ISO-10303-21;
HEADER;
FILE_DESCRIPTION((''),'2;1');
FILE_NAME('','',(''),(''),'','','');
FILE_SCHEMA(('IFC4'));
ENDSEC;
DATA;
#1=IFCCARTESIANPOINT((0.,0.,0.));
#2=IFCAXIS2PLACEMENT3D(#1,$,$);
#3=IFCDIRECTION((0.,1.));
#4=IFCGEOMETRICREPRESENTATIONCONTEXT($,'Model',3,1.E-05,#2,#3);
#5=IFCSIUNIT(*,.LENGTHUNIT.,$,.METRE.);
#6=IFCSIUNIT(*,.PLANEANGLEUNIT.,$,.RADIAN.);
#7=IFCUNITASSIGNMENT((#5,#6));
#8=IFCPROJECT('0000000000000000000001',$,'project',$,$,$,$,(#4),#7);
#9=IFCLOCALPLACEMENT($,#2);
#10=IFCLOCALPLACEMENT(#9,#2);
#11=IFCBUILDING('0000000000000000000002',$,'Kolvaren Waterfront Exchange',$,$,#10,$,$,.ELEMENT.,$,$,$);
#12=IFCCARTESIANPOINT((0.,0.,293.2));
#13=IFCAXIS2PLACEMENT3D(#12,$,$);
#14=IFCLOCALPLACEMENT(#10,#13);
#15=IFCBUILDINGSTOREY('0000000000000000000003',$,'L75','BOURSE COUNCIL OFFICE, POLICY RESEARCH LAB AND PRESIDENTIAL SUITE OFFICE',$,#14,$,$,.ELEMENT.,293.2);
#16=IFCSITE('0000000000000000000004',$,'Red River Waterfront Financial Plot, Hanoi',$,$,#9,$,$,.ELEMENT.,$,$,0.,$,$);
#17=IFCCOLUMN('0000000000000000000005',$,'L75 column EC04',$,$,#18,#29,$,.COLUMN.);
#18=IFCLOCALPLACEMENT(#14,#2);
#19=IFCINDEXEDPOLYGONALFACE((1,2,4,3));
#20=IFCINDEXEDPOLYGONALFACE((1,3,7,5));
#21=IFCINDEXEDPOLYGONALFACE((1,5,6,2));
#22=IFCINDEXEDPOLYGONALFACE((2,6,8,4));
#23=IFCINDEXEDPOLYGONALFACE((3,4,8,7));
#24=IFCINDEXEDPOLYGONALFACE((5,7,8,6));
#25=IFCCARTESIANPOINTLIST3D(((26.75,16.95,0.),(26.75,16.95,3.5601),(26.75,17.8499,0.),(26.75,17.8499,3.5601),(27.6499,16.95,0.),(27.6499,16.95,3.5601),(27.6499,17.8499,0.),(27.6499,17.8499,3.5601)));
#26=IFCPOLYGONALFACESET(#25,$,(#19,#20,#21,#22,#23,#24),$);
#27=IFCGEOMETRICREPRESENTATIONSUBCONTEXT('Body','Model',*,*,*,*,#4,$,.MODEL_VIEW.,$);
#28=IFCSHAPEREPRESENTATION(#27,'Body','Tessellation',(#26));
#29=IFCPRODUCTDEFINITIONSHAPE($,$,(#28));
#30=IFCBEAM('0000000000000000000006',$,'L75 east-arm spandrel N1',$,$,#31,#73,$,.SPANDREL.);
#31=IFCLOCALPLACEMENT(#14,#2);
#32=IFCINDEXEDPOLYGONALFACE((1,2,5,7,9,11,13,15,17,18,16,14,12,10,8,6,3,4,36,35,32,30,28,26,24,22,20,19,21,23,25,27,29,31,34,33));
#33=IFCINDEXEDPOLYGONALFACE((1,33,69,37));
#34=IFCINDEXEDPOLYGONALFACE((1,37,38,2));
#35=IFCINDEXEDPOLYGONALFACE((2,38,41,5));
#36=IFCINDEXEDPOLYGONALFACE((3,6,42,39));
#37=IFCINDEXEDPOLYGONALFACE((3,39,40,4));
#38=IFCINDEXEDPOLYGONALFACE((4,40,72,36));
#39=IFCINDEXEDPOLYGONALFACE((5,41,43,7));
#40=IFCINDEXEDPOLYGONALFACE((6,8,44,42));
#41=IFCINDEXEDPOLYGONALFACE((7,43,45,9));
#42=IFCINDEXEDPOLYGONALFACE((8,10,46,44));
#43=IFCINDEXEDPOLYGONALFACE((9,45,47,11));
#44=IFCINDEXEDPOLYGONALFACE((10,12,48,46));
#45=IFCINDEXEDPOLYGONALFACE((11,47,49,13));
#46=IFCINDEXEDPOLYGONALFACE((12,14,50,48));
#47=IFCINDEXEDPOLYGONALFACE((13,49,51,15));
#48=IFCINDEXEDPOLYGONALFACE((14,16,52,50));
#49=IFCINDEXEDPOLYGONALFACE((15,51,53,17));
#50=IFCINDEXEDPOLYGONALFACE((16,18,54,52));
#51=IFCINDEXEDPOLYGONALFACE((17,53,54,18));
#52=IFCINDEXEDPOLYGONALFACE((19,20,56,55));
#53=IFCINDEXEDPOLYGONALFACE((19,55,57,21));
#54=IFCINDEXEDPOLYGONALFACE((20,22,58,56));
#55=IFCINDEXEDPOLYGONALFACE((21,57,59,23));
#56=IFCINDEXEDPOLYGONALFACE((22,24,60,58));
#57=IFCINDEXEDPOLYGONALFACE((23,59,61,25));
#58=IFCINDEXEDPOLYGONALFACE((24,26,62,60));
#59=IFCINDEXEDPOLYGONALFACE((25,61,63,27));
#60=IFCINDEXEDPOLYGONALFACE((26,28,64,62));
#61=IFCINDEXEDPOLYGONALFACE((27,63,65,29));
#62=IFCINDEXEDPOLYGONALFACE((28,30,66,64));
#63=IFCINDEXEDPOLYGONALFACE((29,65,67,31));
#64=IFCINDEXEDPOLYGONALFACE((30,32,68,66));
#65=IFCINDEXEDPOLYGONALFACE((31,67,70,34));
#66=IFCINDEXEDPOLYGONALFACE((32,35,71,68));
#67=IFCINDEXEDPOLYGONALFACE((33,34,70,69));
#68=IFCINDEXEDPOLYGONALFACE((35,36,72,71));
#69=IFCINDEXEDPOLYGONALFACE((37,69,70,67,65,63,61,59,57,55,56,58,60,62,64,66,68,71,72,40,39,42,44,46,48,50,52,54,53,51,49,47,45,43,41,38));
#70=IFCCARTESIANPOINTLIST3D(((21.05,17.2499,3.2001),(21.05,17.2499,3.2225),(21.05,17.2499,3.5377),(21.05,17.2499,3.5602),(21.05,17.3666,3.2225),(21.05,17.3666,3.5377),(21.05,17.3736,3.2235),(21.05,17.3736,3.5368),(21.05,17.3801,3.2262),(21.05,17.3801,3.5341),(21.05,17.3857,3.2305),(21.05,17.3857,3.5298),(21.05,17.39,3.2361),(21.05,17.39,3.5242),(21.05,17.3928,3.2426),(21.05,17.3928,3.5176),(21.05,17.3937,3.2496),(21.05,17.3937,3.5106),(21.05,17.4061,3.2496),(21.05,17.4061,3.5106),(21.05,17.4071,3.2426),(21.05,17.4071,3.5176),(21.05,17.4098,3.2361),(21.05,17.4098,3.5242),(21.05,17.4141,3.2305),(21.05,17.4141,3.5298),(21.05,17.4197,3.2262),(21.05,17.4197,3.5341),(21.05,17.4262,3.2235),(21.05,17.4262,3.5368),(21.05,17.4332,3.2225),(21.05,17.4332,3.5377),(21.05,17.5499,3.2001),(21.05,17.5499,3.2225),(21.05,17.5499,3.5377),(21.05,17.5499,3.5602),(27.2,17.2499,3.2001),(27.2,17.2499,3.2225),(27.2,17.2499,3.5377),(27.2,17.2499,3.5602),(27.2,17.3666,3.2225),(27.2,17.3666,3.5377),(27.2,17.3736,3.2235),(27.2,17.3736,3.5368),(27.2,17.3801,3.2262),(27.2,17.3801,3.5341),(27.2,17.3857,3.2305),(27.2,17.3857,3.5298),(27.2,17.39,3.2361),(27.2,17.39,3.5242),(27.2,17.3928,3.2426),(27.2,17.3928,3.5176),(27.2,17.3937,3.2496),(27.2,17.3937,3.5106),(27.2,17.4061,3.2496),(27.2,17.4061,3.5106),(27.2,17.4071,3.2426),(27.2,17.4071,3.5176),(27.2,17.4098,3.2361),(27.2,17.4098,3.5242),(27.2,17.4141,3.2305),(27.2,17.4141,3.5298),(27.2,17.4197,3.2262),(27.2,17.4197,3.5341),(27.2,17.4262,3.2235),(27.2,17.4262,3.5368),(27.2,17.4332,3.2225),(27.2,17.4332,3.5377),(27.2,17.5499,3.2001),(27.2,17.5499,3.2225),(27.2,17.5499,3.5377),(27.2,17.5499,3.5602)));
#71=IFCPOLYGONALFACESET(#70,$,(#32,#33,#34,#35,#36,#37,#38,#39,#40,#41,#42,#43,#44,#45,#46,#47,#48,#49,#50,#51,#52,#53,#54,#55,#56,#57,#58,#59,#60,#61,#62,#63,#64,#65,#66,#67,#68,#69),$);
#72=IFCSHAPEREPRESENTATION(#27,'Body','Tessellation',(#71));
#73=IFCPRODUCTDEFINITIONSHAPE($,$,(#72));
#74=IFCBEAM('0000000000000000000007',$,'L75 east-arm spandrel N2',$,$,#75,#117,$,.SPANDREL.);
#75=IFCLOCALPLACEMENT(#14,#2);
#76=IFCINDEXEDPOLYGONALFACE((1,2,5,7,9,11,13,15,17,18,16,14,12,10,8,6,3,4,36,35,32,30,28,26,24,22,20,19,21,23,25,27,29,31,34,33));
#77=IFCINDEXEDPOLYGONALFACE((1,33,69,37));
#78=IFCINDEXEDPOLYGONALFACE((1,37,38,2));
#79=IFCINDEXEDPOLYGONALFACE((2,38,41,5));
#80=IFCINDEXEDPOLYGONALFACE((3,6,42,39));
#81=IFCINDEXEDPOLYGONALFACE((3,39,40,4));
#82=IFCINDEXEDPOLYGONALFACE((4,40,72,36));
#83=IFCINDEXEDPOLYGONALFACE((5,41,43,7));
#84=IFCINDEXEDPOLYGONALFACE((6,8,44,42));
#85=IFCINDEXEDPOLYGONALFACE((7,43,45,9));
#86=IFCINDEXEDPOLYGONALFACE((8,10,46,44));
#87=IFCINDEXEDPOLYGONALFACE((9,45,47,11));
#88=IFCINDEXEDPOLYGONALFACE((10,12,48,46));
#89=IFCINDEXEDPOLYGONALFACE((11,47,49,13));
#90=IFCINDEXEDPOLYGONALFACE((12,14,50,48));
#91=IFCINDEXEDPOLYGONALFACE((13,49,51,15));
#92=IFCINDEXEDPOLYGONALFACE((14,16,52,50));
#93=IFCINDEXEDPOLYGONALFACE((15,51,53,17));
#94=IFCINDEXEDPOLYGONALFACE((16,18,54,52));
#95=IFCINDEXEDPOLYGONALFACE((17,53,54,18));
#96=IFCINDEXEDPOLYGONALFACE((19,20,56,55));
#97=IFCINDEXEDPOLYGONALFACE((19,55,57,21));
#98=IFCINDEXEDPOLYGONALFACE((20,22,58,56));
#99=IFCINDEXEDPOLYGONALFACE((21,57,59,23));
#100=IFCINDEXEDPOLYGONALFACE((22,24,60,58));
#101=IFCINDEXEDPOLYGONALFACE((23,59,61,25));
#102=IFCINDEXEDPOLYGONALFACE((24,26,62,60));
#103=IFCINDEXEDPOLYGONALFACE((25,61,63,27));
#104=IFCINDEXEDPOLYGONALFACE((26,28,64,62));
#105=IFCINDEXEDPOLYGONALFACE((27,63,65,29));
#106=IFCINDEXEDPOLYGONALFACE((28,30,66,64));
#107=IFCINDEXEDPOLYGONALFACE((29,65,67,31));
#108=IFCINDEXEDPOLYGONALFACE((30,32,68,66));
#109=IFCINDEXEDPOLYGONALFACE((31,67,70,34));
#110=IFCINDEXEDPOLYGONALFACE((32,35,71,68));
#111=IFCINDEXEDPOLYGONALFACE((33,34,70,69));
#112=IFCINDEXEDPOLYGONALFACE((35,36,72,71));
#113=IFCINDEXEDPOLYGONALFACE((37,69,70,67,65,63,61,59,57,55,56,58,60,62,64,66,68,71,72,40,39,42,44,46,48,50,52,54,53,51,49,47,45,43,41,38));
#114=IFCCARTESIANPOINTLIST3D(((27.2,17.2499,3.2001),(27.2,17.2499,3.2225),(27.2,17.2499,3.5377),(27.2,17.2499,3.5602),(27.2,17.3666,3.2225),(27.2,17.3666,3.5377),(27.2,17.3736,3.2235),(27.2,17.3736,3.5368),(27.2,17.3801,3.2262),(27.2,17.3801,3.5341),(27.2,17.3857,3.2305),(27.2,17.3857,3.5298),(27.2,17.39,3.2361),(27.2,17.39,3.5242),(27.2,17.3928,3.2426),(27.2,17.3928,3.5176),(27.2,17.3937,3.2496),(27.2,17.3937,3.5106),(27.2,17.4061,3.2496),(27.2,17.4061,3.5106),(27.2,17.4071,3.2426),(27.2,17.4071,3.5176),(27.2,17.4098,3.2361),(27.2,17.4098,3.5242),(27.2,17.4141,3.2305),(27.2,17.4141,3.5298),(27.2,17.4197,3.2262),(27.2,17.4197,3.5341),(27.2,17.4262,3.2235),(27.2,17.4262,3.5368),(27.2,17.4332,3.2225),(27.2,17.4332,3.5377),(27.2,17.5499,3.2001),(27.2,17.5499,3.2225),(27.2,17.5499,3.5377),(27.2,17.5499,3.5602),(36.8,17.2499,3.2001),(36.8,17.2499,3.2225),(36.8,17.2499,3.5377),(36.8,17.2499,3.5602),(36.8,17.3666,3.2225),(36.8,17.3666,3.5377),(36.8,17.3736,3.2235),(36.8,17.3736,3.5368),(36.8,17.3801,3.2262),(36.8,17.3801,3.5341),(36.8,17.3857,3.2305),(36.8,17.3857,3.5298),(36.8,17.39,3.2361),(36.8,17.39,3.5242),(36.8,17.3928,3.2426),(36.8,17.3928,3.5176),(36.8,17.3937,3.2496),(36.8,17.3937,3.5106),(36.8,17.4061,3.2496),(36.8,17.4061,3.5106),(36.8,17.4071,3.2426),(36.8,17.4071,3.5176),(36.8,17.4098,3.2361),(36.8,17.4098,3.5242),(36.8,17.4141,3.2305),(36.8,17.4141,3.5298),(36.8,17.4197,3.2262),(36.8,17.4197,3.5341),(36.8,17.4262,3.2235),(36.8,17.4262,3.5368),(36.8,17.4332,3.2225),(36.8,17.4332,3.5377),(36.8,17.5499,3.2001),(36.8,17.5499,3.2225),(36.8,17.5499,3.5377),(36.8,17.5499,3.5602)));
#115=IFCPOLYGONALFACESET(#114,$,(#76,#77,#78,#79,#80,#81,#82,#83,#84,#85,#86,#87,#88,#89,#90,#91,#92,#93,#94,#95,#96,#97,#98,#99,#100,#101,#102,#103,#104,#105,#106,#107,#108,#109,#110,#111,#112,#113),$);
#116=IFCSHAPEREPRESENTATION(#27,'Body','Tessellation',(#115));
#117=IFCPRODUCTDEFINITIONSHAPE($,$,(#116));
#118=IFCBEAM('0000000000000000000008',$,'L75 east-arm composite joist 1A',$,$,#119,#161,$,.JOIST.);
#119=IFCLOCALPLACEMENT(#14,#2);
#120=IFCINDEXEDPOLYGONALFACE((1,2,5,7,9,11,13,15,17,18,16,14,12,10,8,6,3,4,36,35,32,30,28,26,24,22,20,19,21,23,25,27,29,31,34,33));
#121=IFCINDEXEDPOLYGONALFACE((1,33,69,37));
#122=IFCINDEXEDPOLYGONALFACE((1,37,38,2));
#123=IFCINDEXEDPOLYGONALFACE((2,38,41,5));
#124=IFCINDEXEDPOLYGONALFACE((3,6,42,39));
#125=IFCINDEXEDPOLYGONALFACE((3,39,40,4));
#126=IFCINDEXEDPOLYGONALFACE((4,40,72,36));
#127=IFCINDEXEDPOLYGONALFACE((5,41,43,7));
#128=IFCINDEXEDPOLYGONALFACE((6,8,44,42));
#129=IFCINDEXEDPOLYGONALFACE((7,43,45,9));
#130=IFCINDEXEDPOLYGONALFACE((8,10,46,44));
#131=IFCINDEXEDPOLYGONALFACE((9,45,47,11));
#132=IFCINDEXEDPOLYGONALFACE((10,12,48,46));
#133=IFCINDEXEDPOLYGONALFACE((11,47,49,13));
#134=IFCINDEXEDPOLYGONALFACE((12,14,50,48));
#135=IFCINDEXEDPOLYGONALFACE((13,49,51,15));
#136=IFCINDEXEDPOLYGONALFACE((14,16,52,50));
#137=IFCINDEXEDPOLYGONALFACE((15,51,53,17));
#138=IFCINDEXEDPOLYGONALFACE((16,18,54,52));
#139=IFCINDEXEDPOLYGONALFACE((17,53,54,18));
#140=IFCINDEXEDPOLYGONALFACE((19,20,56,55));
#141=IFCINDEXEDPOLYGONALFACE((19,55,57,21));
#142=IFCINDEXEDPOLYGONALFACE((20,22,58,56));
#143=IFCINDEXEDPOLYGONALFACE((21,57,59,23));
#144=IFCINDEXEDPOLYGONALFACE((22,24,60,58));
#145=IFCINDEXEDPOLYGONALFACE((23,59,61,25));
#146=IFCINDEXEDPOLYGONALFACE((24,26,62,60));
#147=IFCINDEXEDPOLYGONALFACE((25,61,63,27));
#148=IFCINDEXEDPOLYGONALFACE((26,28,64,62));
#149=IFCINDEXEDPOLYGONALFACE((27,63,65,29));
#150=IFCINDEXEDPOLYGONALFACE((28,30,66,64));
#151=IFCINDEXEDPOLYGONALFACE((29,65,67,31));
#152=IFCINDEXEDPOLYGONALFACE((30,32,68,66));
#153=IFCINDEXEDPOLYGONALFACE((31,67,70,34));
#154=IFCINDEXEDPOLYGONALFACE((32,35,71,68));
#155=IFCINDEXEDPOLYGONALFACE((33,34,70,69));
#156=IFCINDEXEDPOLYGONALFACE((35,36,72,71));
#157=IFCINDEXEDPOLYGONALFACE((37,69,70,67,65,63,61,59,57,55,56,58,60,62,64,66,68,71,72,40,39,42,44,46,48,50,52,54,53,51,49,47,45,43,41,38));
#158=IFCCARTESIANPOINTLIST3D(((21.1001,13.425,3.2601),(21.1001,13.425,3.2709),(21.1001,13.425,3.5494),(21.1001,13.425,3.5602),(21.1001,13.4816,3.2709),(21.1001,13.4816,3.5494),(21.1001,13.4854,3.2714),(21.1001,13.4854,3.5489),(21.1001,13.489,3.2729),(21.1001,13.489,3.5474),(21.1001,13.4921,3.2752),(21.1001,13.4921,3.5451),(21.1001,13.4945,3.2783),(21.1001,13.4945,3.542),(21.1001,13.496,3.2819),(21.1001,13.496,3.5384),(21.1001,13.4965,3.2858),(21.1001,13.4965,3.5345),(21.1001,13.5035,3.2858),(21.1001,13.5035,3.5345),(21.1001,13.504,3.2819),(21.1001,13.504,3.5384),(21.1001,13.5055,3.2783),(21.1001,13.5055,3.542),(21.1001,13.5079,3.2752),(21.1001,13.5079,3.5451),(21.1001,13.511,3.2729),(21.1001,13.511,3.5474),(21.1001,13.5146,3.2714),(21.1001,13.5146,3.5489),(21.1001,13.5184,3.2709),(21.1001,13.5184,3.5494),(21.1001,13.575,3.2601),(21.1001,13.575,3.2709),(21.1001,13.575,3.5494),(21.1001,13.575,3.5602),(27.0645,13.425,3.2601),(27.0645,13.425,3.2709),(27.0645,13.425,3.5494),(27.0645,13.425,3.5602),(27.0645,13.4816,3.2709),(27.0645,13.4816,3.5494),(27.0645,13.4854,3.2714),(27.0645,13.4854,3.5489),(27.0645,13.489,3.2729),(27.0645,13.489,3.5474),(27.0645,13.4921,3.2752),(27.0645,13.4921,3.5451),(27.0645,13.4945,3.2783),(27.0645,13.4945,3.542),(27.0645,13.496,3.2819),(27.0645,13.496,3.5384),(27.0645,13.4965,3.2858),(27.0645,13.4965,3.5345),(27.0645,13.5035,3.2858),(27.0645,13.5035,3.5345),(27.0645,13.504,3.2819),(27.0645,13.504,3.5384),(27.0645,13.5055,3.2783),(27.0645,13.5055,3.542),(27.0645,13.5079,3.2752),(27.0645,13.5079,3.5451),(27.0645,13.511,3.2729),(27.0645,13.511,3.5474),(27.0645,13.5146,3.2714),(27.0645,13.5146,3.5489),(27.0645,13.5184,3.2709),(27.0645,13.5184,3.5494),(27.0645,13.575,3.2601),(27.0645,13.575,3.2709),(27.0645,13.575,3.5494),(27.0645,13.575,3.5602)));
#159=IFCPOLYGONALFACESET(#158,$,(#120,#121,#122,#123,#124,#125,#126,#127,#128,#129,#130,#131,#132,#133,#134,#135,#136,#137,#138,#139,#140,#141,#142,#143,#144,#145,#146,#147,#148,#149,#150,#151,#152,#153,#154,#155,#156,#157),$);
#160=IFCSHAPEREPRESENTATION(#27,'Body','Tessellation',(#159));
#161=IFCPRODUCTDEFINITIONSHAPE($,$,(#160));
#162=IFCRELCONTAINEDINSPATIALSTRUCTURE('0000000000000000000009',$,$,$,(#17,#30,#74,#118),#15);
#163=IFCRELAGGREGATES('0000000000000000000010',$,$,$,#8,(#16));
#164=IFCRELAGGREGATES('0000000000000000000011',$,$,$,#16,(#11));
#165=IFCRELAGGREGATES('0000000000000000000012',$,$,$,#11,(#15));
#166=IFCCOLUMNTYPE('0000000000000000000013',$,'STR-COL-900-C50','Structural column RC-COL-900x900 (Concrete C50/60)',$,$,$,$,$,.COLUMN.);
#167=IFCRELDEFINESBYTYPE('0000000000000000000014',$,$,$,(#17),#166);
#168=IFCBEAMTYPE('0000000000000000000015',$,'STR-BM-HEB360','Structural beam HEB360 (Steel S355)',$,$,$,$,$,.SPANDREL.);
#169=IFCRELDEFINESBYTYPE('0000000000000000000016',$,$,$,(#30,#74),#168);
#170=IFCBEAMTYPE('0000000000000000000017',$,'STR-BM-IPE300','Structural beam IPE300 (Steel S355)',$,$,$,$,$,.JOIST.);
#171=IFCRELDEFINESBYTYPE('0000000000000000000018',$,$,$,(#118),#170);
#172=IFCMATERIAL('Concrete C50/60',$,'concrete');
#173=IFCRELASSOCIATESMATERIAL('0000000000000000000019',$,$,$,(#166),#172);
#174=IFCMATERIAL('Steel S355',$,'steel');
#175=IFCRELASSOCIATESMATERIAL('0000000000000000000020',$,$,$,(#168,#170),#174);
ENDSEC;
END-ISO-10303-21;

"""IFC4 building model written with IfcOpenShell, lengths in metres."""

from ifc_helpers import new_model, si_unit, direction, frame, origin, origin_2d, place, context, subcontext, project, spatial, rectangle, i_section, extrude, material, material_profile, profile_set, type_object, element, save


model = new_model("IFC4")

# Units and contexts
model_context = context("Model", 3, precision=1e-05, world=origin(), true_north=direction((0.0, 1.0)))
body_context = subcontext(model_context, "Body", "Model", "MODEL_VIEW")
ifc_project = project(units=[si_unit("LENGTHUNIT", "METRE"), si_unit("PLANEANGLEUNIT", "RADIAN")], contexts=[model_context])

# Site, building, storey
site_placement = place(None, origin())
site = spatial("IfcSite", under=ifc_project, at=site_placement, Name="Red River Waterfront Financial Plot, Hanoi", CompositionType="ELEMENT", RefElevation=0.0)
building_placement = place(site_placement, origin())
building = spatial("IfcBuilding", under=site, at=building_placement, Name="Kolvaren Waterfront Exchange", CompositionType="ELEMENT")
storey_placement = place(building_placement, frame((0.0, 0.0, 293.2)))
storey = spatial("IfcBuildingStorey", under=building, at=storey_placement, Name="L75", Description="BOURSE COUNCIL OFFICE, POLICY RESEARCH LAB AND PRESIDENTIAL SUITE OFFICE", CompositionType="ELEMENT", Elevation=293.2)

# Column
ifc_material_1 = material(Name="Concrete C50/60", Category="concrete")
ifc_material_profile_1 = material_profile(ifc_material_1, rectangle(XDim=0.8999, YDim=0.8999, at=origin_2d()), Name="RC-COL-900x900")
ifc_profile_set_1 = profile_set([ifc_material_profile_1], Name="Concrete C50/60")
column_type = type_object("IfcColumnType", Name="STR-COL-900-C50", Description="Structural column RC-COL-900x900 (Concrete C50/60)", PredefinedType="COLUMN", material=ifc_profile_set_1)
column_placement = place(storey_placement, frame((27.2, 17.3999, 0.0), z_axis=(0.0, 0.0, 1.0), x_axis=(1.0, 0.0, 0.0)))
element("IfcColumn", 1, at=column_placement, inside=storey, type_object=column_type, Name="L75 column EC04", PredefinedType="COLUMN", context=body_context, shape_type="SweptSolid", body=[
    extrude(rectangle(XDim=0.8999, YDim=0.8999, at=origin_2d()), origin(), (0.0, 0.0, 1.0), 3.5601),
])

# Beams
ifc_material_2 = material(Name="Steel S355", Category="steel")
ifc_material_profile_2 = material_profile(ifc_material_2, i_section(OverallWidth=0.3, OverallDepth=0.3601, WebThickness=0.0125, FlangeThickness=0.0225, FilletRadius=0.0271, at=origin_2d()), Name="HEB360")
ifc_profile_set_2 = profile_set([ifc_material_profile_2], Name="Steel S355")
beam_type_1 = type_object("IfcBeamType", Name="STR-BM-HEB360", Description="Structural beam HEB360 (Steel S355)", PredefinedType="SPANDREL", material=ifc_profile_set_2)
beam_1_placement = place(storey_placement, frame((21.05, 17.3999, 3.3801), z_axis=(1.0, 0.0, 0.0), x_axis=(0.0, 1.0, 0.0)))
element("IfcBeam", 2, at=beam_1_placement, inside=storey, type_object=beam_type_1, Name="L75 east-arm spandrel N1", PredefinedType="SPANDREL", context=body_context, shape_type="SweptSolid", body=[
    extrude(i_section(OverallWidth=0.3, OverallDepth=0.3601, WebThickness=0.0125, FlangeThickness=0.0225, FilletRadius=0.0271, at=origin_2d()), origin(), (0.0, 0.0, 1.0), 6.1499),
])
beam_2_placement = place(storey_placement, frame((27.2, 17.3999, 3.3801), z_axis=(1.0, 0.0, 0.0), x_axis=(0.0, 1.0, 0.0)))
element("IfcBeam", 3, at=beam_2_placement, inside=storey, type_object=beam_type_1, Name="L75 east-arm spandrel N2", PredefinedType="SPANDREL", context=body_context, shape_type="SweptSolid", body=[
    extrude(i_section(OverallWidth=0.3, OverallDepth=0.3601, WebThickness=0.0125, FlangeThickness=0.0225, FilletRadius=0.0271, at=origin_2d()), origin(), (0.0, 0.0, 1.0), 9.6001),
])
ifc_material_profile_3 = material_profile(ifc_material_2, i_section(OverallWidth=0.1499, OverallDepth=0.3, WebThickness=0.0071, FlangeThickness=0.0107, FilletRadius=0.0149, at=origin_2d()), Name="IPE300")
ifc_profile_set_3 = profile_set([ifc_material_profile_3], Name="Steel S355")
beam_type_2 = type_object("IfcBeamType", Name="STR-BM-IPE300", Description="Structural beam IPE300 (Steel S355)", PredefinedType="JOIST", material=ifc_profile_set_3)
for number, where, z_axis, x_axis, name in (
    (4, (21.1001, 13.5, 3.4102), (1.0, 0.0, 0.0), (0.0, 1.0, 0.0), "L75 east-arm composite joist 1A"),
):
    element("IfcBeam", number, at=place(storey_placement, frame(where, z_axis=z_axis, x_axis=x_axis)), inside=storey, type_object=beam_type_2, Name=name, PredefinedType="JOIST", context=body_context, shape_type="SweptSolid", body=[
        extrude(i_section(OverallWidth=0.1499, OverallDepth=0.3, WebThickness=0.0071, FlangeThickness=0.0107, FilletRadius=0.0149, at=origin_2d()), origin(), (0.0, 0.0, 1.0), 5.9644),
    ])

save(model, "model.ifc")
